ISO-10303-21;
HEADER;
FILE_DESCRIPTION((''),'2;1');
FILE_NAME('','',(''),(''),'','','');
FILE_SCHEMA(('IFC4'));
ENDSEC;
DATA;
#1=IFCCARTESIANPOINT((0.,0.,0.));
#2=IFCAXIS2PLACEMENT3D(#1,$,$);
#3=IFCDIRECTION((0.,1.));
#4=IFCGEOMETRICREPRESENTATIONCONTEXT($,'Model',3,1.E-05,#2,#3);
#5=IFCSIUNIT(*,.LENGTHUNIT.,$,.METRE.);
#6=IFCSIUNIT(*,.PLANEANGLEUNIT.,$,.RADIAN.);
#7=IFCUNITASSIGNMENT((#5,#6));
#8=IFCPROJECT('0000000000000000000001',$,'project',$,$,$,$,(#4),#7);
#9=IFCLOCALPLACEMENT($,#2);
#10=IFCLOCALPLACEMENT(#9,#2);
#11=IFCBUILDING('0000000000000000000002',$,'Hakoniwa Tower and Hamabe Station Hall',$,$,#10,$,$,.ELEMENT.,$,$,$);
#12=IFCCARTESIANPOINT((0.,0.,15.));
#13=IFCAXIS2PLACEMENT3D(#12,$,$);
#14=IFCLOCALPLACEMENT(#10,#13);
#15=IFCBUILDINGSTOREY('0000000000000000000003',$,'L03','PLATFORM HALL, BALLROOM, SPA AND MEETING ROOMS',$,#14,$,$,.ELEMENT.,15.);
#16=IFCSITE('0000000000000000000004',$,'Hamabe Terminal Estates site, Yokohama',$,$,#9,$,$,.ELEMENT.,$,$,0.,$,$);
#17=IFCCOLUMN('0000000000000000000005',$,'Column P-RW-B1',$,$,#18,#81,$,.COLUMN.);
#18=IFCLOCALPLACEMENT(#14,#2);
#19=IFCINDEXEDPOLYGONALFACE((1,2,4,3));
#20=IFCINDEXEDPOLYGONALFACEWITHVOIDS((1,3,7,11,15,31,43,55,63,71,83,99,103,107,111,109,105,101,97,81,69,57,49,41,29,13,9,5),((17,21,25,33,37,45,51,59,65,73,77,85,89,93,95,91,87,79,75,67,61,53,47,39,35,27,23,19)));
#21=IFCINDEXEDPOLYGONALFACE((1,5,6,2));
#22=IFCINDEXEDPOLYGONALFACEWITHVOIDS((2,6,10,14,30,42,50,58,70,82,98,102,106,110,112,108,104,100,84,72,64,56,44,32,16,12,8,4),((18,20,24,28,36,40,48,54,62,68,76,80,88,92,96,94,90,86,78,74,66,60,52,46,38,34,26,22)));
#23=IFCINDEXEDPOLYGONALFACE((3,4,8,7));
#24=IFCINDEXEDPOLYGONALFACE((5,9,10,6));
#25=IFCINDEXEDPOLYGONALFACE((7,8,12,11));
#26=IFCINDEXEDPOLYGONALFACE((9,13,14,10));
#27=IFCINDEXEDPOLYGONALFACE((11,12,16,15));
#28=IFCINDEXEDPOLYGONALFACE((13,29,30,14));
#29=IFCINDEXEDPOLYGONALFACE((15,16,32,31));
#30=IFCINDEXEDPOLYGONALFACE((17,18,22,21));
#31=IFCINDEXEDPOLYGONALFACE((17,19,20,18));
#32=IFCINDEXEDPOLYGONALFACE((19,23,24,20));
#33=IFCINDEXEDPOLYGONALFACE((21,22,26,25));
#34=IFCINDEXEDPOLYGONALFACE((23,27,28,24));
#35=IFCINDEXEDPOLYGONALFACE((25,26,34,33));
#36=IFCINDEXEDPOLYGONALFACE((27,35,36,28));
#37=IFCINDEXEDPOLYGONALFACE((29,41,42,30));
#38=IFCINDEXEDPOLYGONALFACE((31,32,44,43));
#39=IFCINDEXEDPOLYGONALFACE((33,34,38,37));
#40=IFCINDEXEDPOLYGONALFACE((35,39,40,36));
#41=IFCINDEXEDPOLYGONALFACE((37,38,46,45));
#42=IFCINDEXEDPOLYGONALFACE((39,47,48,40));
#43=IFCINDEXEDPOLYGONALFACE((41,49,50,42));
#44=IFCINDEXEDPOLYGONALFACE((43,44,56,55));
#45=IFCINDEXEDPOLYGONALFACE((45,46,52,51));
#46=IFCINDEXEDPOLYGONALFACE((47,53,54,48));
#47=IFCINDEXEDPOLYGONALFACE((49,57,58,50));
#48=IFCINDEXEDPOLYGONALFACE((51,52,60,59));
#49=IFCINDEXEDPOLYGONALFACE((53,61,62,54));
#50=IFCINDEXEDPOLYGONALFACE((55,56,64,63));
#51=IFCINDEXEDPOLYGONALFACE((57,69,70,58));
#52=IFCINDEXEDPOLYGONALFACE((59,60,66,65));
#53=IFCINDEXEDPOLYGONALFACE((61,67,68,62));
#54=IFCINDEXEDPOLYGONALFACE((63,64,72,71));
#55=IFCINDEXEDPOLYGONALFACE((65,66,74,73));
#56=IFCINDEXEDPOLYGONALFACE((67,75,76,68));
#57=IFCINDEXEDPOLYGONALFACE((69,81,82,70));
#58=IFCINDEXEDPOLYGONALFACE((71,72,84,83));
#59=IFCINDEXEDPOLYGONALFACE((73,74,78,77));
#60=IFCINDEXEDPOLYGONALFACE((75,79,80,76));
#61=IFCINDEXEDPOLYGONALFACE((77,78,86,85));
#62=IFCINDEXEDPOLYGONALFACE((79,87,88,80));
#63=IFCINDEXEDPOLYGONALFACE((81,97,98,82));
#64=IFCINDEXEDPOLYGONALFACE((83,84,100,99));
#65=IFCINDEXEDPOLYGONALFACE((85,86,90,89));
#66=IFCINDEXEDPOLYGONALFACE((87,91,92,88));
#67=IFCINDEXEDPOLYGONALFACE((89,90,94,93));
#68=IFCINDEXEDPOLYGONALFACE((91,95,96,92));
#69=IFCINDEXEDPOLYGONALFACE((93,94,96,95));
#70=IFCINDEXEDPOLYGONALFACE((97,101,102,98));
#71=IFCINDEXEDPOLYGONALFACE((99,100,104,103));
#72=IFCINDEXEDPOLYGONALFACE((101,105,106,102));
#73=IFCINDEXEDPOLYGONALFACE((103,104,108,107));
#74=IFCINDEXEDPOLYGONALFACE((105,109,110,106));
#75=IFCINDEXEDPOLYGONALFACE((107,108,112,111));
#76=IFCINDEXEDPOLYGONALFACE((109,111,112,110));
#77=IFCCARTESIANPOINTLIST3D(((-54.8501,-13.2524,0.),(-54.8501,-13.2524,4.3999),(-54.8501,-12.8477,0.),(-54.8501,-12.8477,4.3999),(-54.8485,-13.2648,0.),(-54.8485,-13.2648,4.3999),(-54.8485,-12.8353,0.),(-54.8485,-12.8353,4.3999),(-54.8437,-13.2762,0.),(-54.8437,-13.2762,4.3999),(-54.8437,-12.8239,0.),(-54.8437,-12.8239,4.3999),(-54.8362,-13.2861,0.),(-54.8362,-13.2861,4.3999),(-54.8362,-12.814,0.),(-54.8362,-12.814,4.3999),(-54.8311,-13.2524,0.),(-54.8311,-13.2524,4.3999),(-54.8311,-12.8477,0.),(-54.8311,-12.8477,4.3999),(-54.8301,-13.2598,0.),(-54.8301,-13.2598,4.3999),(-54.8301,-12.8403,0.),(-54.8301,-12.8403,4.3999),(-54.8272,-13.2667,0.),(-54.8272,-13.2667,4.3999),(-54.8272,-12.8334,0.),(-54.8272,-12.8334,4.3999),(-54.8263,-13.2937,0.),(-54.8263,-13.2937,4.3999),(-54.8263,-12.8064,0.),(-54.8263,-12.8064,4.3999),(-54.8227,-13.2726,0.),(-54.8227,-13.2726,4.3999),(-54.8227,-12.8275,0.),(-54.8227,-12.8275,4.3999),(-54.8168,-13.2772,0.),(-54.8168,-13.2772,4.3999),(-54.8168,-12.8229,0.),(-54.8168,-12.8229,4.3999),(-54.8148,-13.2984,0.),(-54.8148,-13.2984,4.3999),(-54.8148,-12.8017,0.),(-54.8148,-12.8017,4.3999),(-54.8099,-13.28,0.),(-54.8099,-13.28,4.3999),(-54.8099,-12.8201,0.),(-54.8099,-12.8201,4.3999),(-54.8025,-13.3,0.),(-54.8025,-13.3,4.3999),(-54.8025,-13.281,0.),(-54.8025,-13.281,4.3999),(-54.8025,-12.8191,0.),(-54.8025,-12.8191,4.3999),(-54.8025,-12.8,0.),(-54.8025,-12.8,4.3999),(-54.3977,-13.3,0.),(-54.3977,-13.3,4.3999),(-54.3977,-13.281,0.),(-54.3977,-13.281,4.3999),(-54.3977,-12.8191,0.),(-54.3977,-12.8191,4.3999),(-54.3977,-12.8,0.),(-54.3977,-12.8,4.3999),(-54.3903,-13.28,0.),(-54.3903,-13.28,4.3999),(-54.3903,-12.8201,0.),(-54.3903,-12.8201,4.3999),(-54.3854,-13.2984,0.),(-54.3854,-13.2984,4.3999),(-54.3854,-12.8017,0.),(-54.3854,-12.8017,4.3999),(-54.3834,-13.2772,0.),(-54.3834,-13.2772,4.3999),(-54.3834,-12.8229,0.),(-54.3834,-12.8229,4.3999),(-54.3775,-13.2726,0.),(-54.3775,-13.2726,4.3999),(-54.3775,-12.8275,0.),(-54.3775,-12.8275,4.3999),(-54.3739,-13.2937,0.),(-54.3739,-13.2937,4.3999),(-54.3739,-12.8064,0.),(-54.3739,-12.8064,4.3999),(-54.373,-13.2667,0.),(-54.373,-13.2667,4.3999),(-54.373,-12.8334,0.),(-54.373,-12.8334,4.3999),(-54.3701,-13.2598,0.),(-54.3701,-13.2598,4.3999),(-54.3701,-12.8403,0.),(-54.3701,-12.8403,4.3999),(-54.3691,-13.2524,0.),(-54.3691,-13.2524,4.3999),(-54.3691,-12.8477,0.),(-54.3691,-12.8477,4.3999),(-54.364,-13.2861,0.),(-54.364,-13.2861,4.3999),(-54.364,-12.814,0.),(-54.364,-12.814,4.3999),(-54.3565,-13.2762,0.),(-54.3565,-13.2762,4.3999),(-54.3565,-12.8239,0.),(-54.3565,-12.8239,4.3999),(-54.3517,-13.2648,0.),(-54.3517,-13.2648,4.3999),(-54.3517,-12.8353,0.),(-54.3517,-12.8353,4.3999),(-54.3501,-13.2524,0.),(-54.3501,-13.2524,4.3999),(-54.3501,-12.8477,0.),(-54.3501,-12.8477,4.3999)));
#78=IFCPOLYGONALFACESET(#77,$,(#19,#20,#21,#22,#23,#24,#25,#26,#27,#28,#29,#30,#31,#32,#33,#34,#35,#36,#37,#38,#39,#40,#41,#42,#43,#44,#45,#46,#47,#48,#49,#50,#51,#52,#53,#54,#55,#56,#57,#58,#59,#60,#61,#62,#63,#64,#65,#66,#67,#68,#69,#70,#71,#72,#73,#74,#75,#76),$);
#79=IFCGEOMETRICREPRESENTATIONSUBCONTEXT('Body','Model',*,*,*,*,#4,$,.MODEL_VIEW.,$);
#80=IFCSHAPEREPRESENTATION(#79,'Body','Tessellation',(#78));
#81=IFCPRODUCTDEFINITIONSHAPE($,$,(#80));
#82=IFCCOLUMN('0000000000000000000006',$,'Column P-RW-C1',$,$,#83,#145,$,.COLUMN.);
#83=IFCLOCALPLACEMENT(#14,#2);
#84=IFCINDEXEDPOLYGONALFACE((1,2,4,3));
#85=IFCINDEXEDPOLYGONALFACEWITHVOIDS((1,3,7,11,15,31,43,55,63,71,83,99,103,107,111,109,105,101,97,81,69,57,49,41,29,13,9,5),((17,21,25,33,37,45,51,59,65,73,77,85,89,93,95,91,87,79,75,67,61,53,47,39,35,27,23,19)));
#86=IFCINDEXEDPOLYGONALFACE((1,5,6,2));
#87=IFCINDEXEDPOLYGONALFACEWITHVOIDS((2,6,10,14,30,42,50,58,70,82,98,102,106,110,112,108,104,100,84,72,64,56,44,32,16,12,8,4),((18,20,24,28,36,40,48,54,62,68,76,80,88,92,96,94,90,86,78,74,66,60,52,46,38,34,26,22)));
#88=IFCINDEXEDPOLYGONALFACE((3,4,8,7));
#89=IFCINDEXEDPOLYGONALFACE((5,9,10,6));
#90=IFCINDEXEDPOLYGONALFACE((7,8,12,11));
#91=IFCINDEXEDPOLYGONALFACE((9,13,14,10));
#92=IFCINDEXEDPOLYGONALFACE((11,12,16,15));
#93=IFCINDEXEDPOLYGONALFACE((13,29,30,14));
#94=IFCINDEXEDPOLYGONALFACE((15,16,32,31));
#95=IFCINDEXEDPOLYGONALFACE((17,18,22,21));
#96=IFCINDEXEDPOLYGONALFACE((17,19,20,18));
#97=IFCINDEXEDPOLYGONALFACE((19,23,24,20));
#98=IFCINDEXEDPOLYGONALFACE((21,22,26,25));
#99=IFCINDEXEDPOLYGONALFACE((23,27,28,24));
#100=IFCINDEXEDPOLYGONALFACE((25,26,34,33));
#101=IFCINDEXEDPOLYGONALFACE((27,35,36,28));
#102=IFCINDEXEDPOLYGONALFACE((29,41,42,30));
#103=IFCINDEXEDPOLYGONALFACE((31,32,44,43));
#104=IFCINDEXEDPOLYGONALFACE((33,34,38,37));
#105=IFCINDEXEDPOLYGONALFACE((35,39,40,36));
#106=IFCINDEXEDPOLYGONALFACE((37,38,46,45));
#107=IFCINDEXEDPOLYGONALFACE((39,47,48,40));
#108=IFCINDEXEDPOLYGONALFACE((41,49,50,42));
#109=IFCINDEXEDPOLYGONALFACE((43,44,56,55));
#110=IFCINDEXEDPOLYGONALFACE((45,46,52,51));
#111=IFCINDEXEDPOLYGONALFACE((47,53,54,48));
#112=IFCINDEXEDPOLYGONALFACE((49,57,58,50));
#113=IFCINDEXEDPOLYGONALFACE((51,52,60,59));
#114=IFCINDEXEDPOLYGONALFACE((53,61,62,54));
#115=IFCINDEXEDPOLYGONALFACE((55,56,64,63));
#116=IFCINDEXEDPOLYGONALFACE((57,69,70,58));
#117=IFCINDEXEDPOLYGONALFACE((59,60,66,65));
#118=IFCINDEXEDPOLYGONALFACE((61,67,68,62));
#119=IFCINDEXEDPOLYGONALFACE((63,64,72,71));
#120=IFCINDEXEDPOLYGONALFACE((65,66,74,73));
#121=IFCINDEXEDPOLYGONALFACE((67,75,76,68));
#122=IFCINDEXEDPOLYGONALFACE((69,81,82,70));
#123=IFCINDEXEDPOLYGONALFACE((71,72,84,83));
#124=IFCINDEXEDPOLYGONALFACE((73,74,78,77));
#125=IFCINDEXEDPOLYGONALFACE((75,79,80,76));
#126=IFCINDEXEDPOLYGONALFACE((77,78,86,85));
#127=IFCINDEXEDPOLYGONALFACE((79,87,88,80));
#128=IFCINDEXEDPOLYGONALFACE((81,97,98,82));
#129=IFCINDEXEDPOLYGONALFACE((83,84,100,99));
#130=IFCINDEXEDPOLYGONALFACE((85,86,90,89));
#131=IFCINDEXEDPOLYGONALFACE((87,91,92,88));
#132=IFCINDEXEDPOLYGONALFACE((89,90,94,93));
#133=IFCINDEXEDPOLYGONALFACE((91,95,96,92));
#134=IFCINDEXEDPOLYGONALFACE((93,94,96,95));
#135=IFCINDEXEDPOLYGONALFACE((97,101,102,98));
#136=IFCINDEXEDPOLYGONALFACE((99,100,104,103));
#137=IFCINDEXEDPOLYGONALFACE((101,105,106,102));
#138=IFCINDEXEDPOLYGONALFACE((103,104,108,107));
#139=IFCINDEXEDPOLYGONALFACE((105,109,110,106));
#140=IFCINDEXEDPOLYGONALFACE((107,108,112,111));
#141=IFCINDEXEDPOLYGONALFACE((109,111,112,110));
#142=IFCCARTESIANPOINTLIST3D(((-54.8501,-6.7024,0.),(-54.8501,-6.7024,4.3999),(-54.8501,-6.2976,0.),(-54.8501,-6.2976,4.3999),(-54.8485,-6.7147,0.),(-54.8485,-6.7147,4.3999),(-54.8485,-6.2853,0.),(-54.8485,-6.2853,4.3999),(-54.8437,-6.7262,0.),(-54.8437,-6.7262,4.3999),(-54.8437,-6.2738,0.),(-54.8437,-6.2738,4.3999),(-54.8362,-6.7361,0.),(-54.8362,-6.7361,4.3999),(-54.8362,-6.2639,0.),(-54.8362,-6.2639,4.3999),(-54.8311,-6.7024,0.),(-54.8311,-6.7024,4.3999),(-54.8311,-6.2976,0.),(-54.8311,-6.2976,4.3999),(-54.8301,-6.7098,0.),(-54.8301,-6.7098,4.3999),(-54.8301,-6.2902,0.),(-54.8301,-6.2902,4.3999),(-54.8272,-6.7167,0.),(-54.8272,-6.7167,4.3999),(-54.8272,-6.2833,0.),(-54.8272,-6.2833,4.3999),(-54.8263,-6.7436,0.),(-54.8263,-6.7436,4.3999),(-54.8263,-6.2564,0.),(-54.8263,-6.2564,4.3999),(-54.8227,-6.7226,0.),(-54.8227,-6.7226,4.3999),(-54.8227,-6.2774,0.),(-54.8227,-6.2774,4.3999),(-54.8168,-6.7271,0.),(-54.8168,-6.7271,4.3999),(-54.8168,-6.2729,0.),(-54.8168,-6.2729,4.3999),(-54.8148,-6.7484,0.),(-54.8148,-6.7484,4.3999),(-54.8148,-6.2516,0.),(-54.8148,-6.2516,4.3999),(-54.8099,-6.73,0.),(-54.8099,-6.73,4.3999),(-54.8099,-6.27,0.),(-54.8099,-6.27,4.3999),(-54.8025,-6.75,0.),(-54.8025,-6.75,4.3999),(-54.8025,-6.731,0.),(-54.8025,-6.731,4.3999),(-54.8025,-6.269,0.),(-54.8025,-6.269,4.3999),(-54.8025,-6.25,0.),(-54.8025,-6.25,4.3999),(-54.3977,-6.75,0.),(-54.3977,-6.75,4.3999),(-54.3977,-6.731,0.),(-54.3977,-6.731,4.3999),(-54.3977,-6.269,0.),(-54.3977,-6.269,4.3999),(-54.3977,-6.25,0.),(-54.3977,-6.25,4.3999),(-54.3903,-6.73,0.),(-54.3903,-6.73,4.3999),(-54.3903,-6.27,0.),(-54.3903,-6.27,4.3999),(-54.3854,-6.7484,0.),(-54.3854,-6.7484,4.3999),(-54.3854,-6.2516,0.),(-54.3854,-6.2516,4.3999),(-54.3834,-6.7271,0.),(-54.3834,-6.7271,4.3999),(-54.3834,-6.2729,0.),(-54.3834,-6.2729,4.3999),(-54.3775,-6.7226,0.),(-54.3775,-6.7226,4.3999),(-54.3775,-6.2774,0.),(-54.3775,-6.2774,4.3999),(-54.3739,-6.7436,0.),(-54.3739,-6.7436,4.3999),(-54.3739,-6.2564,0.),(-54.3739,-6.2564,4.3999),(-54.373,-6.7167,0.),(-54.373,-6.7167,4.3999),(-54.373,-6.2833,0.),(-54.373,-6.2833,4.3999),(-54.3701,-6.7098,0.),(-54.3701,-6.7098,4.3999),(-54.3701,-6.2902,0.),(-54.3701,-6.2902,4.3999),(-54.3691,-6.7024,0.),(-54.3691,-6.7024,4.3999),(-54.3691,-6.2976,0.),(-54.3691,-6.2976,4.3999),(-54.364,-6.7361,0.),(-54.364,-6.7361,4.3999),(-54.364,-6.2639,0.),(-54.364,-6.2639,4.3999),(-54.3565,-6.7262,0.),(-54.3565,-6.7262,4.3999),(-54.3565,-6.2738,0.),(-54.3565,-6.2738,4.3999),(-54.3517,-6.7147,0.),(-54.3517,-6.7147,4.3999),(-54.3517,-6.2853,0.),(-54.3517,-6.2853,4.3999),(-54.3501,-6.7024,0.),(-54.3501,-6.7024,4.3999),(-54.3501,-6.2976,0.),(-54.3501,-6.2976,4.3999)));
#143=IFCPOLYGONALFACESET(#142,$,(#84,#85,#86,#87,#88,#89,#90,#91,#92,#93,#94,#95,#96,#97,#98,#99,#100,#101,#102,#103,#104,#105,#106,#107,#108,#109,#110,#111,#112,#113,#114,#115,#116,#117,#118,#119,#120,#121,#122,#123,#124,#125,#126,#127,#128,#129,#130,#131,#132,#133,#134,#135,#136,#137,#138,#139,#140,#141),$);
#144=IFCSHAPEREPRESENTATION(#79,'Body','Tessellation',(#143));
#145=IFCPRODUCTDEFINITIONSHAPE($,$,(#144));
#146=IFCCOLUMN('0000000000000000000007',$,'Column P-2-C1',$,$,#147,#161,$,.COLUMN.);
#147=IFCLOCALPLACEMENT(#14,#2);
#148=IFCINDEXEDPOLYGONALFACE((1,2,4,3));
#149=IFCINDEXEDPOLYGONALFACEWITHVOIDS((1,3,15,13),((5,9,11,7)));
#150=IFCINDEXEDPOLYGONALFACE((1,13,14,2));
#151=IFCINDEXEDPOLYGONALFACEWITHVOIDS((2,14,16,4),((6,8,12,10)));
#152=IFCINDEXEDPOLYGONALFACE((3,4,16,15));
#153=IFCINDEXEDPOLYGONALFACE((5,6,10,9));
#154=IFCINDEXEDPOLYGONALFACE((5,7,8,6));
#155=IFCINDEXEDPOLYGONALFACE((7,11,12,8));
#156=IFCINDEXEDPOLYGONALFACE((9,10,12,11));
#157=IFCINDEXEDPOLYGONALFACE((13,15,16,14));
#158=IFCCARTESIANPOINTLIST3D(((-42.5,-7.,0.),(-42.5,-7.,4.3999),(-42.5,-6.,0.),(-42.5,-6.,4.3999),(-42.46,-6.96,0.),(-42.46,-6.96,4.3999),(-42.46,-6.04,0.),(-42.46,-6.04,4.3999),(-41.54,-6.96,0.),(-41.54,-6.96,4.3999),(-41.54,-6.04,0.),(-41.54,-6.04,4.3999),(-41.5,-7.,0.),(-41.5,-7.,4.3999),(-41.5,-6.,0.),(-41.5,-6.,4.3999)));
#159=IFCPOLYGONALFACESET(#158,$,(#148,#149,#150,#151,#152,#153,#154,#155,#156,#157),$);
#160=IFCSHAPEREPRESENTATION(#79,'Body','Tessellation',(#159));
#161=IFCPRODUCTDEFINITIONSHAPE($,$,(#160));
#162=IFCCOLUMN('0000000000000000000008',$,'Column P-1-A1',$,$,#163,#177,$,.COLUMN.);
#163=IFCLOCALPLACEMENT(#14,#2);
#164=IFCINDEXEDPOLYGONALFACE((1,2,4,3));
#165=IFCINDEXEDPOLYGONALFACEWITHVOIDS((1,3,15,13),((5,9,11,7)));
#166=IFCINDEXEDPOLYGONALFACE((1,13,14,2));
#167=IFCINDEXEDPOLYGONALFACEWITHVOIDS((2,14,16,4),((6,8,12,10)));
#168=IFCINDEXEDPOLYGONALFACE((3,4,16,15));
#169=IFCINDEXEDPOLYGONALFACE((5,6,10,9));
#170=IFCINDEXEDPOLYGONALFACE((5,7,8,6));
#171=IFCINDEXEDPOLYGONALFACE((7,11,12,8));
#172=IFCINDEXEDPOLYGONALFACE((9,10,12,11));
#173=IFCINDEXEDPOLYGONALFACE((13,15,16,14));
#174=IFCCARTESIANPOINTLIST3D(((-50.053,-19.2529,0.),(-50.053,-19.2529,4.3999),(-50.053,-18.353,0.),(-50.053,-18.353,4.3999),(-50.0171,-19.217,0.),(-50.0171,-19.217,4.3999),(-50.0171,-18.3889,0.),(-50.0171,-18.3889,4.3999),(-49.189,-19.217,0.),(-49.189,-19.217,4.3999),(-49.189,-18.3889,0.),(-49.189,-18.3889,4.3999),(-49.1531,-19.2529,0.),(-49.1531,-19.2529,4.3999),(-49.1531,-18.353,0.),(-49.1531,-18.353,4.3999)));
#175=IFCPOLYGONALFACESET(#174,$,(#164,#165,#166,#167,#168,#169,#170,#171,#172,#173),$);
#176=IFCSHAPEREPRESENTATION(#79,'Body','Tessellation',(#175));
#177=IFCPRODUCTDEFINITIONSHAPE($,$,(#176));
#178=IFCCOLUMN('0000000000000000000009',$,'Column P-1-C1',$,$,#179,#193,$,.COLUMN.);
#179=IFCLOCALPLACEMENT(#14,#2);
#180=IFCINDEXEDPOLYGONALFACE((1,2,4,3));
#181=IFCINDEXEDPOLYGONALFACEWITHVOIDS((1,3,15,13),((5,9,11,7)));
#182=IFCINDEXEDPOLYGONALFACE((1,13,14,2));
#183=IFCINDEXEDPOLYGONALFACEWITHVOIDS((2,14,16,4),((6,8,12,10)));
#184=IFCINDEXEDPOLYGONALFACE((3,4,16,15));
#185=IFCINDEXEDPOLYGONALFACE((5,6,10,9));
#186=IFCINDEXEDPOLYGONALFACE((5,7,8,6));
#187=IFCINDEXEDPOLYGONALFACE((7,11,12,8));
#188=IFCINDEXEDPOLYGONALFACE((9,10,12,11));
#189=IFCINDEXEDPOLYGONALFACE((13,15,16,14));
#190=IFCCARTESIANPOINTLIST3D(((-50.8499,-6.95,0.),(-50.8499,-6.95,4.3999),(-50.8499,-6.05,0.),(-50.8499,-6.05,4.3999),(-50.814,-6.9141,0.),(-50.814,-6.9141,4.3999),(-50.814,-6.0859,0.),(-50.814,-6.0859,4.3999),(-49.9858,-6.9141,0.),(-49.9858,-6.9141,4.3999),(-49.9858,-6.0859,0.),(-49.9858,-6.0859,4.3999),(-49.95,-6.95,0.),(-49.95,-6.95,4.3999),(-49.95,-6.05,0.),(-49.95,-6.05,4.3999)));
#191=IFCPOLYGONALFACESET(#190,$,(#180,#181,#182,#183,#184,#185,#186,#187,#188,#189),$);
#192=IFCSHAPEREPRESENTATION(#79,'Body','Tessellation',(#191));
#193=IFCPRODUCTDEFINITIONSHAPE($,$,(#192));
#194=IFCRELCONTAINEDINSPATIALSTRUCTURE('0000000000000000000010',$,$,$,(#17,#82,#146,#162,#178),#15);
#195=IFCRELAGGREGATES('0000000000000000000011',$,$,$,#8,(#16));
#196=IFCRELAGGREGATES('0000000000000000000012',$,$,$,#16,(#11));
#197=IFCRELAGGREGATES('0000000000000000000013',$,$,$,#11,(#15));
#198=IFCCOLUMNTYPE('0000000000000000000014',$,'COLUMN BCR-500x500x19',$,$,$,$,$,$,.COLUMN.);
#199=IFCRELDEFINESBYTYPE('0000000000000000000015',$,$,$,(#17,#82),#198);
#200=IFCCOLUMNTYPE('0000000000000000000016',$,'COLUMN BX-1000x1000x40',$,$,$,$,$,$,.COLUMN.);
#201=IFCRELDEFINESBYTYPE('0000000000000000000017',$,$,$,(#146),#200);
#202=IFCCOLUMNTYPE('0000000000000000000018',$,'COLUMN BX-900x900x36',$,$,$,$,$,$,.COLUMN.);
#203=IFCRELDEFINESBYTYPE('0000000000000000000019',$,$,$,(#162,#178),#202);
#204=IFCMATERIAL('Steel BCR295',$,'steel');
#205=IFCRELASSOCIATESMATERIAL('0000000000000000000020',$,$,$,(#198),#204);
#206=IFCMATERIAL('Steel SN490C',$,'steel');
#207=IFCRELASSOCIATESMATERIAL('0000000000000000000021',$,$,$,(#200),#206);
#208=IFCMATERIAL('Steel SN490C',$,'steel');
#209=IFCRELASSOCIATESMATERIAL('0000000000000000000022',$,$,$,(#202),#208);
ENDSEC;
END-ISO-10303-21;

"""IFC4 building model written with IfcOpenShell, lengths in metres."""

from ifc_helpers import new_model, si_unit, direction, frame, origin, origin_2d, place, context, subcontext, project, spatial, hollow_rectangle, extrude, material, material_profile, profile_set, type_object, element, save


model = new_model("IFC4")

# Units and contexts
model_context = context("Model", 3, precision=1e-05, world=origin(), true_north=direction((0.0, 1.0)))
body_context = subcontext(model_context, "Body", "Model", "MODEL_VIEW")
ifc_project = project(units=[si_unit("LENGTHUNIT", "METRE"), si_unit("PLANEANGLEUNIT", "RADIAN")], contexts=[model_context])

# Site, building, storey
site_placement = place(None, origin())
site = spatial("IfcSite", under=ifc_project, at=site_placement, Name="Hamabe Terminal Estates site, Yokohama", CompositionType="ELEMENT", RefElevation=0.0)
building_placement = place(site_placement, origin())
building = spatial("IfcBuilding", under=site, at=building_placement, Name="Hakoniwa Tower and Hamabe Station Hall", CompositionType="ELEMENT")
storey_placement = place(building_placement, frame((0.0, 0.0, 15.0)))
storey = spatial("IfcBuildingStorey", under=building, at=storey_placement, Name="L03", Description="PLATFORM HALL, BALLROOM, SPA AND MEETING ROOMS", CompositionType="ELEMENT", Elevation=15.0)

# Columns
ifc_material_1 = material(Name="Steel BCR295", Category="steel")
ifc_material_profile_1 = material_profile(ifc_material_1, hollow_rectangle(XDim=0.5, YDim=0.5, WallThickness=0.019, InnerFilletRadius=0.0286, OuterFilletRadius=0.0476, at=origin_2d()), Name="BCR-500x500x19")
ifc_profile_set_1 = profile_set([ifc_material_profile_1], Name="Steel BCR295")
column_type_1 = type_object("IfcColumnType", Name="COLUMN BCR-500x500x19", PredefinedType="COLUMN", material=ifc_profile_set_1)
for number, where, z_axis, x_axis, name in (
    (1, (-54.6001, -13.05, 0.0), (0.0, 0.0, 1.0), (1.0, 0.0, 0.0), "Column P-RW-B1"),
    (2, (-54.6001, -6.5, 0.0), (0.0, 0.0, 1.0), (1.0, 0.0, 0.0), "Column P-RW-C1"),
):
    element("IfcColumn", number, at=place(storey_placement, frame(where, z_axis=z_axis, x_axis=x_axis)), inside=storey, type_object=column_type_1, Name=name, PredefinedType="COLUMN", context=body_context, shape_type="SweptSolid", body=[
        extrude(hollow_rectangle(XDim=0.5, YDim=0.5, WallThickness=0.019, InnerFilletRadius=0.0286, OuterFilletRadius=0.0476, at=origin_2d()), origin(), (0.0, 0.0, 1.0), 4.3999),
    ])
ifc_material_2 = material(Name="Steel SN490C", Category="steel")
ifc_material_profile_2 = material_profile(ifc_material_2, hollow_rectangle(XDim=1.0, YDim=1.0, WallThickness=0.04, at=origin_2d()), Name="BX-1000x1000x40")
ifc_profile_set_2 = profile_set([ifc_material_profile_2], Name="Steel SN490C")
column_type_2 = type_object("IfcColumnType", Name="COLUMN BX-1000x1000x40", PredefinedType="COLUMN", material=ifc_profile_set_2)
column_placement = place(storey_placement, frame((-42.0, -6.5, 0.0), z_axis=(0.0, 0.0, 1.0), x_axis=(1.0, 0.0, 0.0)))
element("IfcColumn", 3, at=column_placement, inside=storey, type_object=column_type_2, Name="Column P-2-C1", PredefinedType="COLUMN", context=body_context, shape_type="SweptSolid", body=[
    extrude(hollow_rectangle(XDim=1.0, YDim=1.0, WallThickness=0.04, at=origin_2d()), origin(), (0.0, 0.0, 1.0), 4.3999),
])
ifc_material_3 = material(Name="Steel SN490C", Category="steel")
ifc_material_profile_3 = material_profile(ifc_material_3, hollow_rectangle(XDim=0.8999, YDim=0.8999, WallThickness=0.0359, at=origin_2d()), Name="BX-900x900x36")
ifc_profile_set_3 = profile_set([ifc_material_profile_3], Name="Steel SN490C")
column_type_3 = type_object("IfcColumnType", Name="COLUMN BX-900x900x36", PredefinedType="COLUMN", material=ifc_profile_set_3)
for number, where, z_axis, x_axis, name in (
    (4, (-49.603, -18.803, 0.0), (0.0, 0.0, 1.0), (1.0, 0.0, 0.0), "Column P-1-A1"),
    (5, (-50.3999, -6.5, 0.0), (0.0, 0.0, 1.0), (1.0, 0.0, 0.0), "Column P-1-C1"),
):
    element("IfcColumn", number, at=place(storey_placement, frame(where, z_axis=z_axis, x_axis=x_axis)), inside=storey, type_object=column_type_3, Name=name, PredefinedType="COLUMN", context=body_context, shape_type="SweptSolid", body=[
        extrude(hollow_rectangle(XDim=0.8999, YDim=0.8999, WallThickness=0.0359, at=origin_2d()), origin(), (0.0, 0.0, 1.0), 4.3999),
    ])

save(model, "model.ifc")
